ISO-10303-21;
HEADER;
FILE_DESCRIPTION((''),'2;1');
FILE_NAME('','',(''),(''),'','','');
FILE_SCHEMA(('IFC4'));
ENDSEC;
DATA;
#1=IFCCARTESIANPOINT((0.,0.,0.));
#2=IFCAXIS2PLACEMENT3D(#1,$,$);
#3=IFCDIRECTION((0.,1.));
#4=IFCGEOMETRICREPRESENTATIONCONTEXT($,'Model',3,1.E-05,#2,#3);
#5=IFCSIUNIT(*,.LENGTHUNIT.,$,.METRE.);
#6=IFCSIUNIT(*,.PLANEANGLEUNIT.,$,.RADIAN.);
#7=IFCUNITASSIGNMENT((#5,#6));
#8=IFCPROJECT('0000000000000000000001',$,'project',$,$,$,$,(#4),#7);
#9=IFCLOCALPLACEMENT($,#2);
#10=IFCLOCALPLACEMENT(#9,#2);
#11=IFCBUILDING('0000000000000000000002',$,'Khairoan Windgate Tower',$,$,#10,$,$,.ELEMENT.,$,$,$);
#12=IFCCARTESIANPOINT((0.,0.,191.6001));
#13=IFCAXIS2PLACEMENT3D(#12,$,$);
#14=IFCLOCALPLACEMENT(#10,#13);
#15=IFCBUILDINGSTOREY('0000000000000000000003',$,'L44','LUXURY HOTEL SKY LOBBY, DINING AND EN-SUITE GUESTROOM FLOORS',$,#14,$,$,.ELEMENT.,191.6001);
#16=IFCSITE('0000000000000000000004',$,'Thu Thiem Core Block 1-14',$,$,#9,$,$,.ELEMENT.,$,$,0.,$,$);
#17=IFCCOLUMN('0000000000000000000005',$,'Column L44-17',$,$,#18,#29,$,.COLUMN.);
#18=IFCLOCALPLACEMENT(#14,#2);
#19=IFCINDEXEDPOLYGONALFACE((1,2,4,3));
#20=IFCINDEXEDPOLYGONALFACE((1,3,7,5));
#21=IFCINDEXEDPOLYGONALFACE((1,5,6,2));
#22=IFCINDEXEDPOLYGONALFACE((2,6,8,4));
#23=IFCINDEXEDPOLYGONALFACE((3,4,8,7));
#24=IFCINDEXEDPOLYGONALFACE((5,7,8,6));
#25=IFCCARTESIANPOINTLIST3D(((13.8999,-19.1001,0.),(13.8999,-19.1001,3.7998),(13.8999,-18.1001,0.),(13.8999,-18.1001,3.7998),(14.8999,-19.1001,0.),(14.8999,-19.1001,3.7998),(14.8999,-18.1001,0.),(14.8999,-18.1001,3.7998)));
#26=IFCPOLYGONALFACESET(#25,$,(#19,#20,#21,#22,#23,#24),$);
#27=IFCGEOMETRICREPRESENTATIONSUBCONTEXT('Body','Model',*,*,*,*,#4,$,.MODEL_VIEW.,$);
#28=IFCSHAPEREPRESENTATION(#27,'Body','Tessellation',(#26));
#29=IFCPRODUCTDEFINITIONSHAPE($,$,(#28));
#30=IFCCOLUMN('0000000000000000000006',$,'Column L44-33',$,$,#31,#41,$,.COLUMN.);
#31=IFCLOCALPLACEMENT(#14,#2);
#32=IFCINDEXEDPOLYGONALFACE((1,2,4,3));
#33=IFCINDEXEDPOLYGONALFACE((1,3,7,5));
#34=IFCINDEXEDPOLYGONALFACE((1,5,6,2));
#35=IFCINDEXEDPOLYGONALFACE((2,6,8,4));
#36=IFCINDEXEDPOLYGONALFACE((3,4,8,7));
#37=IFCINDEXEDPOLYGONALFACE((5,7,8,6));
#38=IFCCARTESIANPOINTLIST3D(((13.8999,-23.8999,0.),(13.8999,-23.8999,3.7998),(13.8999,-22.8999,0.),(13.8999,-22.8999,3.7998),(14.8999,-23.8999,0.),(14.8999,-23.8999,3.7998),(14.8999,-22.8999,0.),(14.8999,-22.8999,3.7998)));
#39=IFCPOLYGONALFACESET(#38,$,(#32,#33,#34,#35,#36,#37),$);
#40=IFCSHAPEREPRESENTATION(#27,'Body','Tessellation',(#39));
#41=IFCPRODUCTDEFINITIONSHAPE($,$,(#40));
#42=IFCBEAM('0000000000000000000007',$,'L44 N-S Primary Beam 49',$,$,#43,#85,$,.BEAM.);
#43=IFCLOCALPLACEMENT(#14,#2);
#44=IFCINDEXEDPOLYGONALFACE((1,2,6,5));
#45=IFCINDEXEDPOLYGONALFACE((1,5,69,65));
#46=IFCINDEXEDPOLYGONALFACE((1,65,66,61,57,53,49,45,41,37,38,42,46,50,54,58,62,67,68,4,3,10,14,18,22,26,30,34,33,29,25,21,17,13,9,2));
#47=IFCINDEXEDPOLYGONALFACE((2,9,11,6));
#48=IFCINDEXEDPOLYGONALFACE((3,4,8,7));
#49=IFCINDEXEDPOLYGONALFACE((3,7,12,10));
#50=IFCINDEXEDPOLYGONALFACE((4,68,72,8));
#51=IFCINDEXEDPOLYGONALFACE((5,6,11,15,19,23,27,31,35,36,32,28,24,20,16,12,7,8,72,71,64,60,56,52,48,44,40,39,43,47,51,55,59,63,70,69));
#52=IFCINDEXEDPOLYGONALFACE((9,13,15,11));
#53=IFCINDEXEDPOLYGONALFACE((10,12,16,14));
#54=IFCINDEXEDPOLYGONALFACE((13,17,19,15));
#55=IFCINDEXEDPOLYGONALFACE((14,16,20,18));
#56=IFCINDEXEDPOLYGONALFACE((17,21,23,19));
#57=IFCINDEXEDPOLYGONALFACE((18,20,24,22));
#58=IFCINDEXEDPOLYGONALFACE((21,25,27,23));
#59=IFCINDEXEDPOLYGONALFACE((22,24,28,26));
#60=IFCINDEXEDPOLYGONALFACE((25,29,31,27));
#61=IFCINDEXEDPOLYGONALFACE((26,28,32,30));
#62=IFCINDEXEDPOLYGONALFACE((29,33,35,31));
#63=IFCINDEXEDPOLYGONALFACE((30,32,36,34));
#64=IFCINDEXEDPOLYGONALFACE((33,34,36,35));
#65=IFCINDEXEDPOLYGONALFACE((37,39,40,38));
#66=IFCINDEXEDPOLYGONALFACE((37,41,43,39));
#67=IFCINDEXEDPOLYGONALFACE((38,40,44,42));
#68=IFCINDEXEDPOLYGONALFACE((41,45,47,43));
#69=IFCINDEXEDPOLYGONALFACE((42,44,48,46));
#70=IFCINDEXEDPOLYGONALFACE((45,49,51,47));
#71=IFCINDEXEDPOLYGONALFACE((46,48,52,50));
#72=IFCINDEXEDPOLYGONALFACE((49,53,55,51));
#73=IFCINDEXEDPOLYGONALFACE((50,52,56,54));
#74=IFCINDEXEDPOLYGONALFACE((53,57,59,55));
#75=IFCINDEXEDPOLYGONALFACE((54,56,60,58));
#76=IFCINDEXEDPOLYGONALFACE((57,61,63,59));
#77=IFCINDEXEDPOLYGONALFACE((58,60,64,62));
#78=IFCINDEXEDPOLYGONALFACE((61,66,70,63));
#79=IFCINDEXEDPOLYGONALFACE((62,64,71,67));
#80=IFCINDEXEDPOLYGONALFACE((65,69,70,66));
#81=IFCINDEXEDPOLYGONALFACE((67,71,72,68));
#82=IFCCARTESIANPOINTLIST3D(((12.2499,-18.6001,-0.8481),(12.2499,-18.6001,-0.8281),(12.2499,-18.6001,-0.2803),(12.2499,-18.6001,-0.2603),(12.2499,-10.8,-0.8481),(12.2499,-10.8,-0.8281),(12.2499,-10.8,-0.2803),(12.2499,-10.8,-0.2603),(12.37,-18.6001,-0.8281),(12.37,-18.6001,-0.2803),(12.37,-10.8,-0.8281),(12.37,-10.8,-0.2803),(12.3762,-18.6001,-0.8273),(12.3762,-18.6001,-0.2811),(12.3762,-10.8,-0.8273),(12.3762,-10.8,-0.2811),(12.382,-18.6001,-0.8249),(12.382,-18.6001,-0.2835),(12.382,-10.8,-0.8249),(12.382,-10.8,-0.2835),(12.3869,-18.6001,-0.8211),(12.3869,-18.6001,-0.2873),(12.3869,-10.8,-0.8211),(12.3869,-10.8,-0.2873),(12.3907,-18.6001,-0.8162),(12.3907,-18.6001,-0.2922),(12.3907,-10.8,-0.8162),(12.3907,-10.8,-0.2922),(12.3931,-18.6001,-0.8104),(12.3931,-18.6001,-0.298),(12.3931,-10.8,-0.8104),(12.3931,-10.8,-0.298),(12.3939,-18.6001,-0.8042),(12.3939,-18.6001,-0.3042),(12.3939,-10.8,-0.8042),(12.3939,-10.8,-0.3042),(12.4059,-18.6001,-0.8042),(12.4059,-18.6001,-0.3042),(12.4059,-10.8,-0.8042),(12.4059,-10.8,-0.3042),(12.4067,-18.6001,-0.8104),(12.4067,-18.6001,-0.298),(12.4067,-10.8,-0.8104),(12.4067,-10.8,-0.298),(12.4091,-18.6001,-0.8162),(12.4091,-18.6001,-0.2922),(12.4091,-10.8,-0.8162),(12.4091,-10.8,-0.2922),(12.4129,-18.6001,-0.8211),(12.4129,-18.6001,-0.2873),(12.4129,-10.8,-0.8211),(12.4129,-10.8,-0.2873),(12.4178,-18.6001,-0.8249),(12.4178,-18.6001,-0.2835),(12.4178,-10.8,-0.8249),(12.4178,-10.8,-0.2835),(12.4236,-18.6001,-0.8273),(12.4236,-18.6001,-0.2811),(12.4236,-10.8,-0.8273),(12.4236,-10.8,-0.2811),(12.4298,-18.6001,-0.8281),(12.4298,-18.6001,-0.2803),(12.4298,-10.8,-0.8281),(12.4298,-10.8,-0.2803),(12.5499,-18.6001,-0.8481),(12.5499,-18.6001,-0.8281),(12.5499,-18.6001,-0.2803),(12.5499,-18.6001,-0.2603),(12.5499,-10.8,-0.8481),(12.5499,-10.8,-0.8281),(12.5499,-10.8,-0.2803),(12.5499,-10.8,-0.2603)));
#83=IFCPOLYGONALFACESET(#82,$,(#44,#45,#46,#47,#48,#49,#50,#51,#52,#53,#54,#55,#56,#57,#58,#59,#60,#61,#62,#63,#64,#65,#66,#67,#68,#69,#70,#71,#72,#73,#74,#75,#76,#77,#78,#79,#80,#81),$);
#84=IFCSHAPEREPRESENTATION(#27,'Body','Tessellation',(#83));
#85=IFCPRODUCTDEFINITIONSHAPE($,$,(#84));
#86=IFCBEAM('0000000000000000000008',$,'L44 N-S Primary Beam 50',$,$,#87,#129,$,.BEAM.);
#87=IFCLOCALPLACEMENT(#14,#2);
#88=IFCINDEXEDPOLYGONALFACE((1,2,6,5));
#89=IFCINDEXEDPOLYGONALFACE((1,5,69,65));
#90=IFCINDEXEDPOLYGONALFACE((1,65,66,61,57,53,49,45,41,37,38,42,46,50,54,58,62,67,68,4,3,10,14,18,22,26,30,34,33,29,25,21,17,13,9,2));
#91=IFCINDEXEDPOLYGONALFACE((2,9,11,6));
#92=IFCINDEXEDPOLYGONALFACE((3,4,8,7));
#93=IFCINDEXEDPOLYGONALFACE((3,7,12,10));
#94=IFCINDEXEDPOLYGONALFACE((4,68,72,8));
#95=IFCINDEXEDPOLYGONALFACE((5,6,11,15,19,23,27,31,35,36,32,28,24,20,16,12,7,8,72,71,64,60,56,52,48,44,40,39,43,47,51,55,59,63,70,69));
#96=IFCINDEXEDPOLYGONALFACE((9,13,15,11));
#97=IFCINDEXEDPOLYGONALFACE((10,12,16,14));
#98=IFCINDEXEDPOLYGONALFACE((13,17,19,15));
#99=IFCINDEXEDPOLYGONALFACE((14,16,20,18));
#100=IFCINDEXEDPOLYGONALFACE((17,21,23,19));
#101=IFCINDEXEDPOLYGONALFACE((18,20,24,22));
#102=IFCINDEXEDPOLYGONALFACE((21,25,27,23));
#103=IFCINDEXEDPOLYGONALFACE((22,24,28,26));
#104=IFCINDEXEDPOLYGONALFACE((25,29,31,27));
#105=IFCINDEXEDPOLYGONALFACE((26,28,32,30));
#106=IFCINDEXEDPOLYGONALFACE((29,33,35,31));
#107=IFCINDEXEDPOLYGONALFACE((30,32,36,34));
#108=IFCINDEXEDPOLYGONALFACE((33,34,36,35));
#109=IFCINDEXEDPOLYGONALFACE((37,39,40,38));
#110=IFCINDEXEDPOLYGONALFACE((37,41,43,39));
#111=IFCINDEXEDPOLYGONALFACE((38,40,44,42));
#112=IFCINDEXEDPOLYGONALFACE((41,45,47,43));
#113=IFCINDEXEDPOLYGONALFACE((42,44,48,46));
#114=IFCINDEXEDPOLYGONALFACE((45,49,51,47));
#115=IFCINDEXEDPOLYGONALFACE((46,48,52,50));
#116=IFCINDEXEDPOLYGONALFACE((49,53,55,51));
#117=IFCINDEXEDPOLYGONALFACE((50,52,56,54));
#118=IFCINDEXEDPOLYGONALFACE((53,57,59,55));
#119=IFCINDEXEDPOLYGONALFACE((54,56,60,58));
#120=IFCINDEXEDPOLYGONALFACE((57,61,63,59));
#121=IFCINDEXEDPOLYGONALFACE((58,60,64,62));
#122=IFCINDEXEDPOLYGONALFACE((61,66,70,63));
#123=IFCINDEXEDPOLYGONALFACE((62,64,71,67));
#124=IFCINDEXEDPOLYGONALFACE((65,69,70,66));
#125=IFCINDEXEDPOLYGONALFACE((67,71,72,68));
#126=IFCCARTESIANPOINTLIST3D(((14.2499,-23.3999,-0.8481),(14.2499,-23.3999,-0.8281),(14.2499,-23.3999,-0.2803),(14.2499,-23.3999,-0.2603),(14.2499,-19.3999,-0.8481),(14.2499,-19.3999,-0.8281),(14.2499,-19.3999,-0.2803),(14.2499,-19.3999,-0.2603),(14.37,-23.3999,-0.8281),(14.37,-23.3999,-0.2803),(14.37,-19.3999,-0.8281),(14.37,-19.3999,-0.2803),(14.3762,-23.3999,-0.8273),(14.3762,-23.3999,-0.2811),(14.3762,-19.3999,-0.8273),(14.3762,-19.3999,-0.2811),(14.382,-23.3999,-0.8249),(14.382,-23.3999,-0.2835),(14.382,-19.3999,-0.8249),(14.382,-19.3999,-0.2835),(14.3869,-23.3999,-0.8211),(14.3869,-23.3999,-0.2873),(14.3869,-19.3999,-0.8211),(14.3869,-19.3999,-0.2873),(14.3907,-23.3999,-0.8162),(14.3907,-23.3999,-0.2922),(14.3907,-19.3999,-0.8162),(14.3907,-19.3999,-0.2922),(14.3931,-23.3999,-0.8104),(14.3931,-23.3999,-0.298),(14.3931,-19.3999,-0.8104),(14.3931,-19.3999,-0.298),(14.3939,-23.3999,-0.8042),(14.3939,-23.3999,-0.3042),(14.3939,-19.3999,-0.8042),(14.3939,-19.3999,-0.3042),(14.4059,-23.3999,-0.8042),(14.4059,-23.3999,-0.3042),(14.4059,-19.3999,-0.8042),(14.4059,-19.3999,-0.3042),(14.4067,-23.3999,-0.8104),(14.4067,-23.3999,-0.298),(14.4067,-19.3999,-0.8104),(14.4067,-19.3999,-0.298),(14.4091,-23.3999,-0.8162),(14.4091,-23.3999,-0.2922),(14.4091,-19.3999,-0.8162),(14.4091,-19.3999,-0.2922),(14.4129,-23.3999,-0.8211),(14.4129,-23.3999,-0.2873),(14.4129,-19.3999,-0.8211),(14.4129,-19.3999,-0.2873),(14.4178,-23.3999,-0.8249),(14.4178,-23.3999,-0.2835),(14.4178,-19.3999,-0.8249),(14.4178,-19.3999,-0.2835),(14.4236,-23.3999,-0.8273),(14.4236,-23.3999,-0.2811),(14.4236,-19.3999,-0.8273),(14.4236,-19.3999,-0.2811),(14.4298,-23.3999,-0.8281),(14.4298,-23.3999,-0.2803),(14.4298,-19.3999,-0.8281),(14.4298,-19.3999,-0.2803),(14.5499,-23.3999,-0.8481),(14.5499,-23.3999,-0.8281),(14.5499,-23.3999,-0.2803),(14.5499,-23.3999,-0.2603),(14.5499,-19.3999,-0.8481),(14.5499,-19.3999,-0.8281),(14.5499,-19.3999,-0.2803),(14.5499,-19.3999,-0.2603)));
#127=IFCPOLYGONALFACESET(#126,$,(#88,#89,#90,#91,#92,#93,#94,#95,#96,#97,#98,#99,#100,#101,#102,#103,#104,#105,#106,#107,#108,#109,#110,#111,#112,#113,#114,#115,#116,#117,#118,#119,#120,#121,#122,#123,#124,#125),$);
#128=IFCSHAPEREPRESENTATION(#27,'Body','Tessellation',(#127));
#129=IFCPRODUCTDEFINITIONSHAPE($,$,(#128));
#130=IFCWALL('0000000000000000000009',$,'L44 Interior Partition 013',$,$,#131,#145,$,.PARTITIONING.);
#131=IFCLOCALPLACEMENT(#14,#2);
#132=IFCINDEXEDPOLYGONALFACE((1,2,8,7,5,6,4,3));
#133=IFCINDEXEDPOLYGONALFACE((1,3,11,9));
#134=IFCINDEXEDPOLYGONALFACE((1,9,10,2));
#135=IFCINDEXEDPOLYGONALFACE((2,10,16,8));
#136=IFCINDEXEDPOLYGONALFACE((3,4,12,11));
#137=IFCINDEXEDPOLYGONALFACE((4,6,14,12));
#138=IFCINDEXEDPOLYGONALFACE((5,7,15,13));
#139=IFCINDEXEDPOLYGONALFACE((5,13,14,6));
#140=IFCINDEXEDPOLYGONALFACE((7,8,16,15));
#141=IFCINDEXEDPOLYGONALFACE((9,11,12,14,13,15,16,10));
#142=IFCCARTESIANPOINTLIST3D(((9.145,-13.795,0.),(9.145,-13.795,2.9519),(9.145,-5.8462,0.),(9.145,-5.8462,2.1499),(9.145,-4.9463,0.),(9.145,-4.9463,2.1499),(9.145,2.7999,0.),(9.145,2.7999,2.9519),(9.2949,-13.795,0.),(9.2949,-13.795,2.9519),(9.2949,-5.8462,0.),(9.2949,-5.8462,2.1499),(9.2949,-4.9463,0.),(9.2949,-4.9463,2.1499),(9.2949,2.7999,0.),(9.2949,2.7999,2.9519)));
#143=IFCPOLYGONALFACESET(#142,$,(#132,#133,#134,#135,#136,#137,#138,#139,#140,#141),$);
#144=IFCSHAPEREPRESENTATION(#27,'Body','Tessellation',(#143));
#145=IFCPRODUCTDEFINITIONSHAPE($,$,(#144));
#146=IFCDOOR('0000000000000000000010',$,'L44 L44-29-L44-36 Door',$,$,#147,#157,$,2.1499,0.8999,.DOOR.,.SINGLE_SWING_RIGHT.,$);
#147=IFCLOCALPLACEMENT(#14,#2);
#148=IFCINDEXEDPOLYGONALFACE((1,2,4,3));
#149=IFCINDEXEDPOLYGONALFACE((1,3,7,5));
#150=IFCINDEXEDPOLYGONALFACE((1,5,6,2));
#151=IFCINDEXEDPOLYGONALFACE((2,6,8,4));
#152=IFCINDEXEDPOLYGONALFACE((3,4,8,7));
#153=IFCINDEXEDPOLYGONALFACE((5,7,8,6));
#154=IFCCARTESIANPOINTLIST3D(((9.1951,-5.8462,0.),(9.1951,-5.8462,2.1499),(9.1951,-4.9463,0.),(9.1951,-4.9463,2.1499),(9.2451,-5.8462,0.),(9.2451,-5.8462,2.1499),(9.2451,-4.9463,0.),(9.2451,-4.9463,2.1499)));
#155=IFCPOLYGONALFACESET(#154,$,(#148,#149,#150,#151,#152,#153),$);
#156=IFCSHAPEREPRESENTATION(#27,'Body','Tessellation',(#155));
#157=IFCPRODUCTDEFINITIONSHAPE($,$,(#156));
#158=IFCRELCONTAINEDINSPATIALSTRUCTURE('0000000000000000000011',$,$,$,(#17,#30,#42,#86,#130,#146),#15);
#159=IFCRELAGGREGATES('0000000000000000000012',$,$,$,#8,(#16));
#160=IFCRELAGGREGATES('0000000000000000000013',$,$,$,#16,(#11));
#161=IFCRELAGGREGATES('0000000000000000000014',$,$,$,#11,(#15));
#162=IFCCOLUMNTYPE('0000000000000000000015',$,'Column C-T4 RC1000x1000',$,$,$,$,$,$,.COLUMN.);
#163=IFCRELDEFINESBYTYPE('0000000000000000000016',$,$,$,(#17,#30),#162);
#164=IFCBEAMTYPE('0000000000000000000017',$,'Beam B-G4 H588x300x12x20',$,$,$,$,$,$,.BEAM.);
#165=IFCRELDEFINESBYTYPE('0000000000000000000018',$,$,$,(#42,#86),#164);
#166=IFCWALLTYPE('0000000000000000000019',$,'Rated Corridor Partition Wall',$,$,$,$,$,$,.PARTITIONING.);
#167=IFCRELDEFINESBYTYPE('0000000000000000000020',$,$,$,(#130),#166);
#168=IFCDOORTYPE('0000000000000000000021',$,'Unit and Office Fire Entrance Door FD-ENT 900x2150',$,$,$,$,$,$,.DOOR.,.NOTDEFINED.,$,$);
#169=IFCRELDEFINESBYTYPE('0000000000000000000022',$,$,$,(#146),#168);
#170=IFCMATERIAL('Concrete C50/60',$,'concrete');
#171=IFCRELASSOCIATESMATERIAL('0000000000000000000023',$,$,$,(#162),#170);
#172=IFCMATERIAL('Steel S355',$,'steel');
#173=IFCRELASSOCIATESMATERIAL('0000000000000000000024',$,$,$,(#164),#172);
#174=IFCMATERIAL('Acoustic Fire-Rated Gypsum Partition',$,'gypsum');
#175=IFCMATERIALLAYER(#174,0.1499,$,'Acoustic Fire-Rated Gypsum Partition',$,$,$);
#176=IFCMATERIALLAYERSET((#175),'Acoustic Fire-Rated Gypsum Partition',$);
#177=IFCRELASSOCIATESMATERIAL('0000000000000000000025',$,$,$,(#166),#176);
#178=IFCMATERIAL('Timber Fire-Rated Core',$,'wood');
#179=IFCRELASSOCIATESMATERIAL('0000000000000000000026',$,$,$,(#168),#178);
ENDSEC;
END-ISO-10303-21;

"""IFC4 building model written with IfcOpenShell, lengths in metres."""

from ifc_helpers import new_model, si_unit, direction, frame, frame_2d, origin, origin_2d, place, context, subcontext, project, spatial, rectangle, i_section, extrude, material, layer, layer_set, material_profile, profile_set, type_object, element, fill, save


model = new_model("IFC4")

# Units and contexts
model_context = context("Model", 3, precision=1e-05, world=origin(), true_north=direction((0.0, 1.0)))
body_context = subcontext(model_context, "Body", "Model", "MODEL_VIEW")
ifc_project = project(units=[si_unit("LENGTHUNIT", "METRE"), si_unit("PLANEANGLEUNIT", "RADIAN")], contexts=[model_context])

# Site, building, storey
site_placement = place(None, origin())
site = spatial("IfcSite", under=ifc_project, at=site_placement, Name="Thu Thiem Core Block 1-14", CompositionType="ELEMENT", RefElevation=0.0)
building_placement = place(site_placement, origin())
building = spatial("IfcBuilding", under=site, at=building_placement, Name="Khairoan Windgate Tower", CompositionType="ELEMENT")
storey_placement = place(building_placement, frame((0.0, 0.0, 191.6001)))
storey = spatial("IfcBuildingStorey", under=building, at=storey_placement, Name="L44", Description="LUXURY HOTEL SKY LOBBY, DINING AND EN-SUITE GUESTROOM FLOORS", CompositionType="ELEMENT", Elevation=191.6001)

# Columns
ifc_material_1 = material(Name="Concrete C50/60", Category="concrete")
ifc_material_profile_1 = material_profile(ifc_material_1, rectangle(XDim=1.0, YDim=1.0, at=origin_2d()))
ifc_profile_set_1 = profile_set([ifc_material_profile_1], Name="Concrete C50/60")
column_type = type_object("IfcColumnType", Name="Column C-T4 RC1000x1000", PredefinedType="COLUMN", material=ifc_profile_set_1)
for number, where, z_axis, x_axis, name in (
    (1, (14.3999, -18.6001, 0.0), (0.0, 0.0, 1.0), (1.0, 0.0, 0.0), "Column L44-17"),
    (2, (14.3999, -23.3999, 0.0), (0.0, 0.0, 1.0), (1.0, 0.0, 0.0), "Column L44-33"),
):
    element("IfcColumn", number, at=place(storey_placement, frame(where, z_axis=z_axis, x_axis=x_axis)), inside=storey, type_object=column_type, Name=name, PredefinedType="COLUMN", context=body_context, shape_type="SweptSolid", body=[
        extrude(rectangle(XDim=1.0, YDim=1.0, at=origin_2d()), origin(), (0.0, 0.0, 1.0), 3.7998),
    ])

# Beams
ifc_material_2 = material(Name="Steel S355", Category="steel")
ifc_material_profile_2 = material_profile(ifc_material_2, i_section(OverallWidth=0.3, OverallDepth=0.5879, WebThickness=0.012, FlangeThickness=0.02, FilletRadius=0.0239, at=origin_2d()))
ifc_profile_set_2 = profile_set([ifc_material_profile_2], Name="Steel S355")
beam_type = type_object("IfcBeamType", Name="Beam B-G4 H588x300x12x20", PredefinedType="BEAM", material=ifc_profile_set_2)
beam_1_placement = place(storey_placement, frame((12.3999, -18.6001, -0.5542), z_axis=(0.0, 1.0, 0.0), x_axis=(-1.0, 0.0, 0.0)))
element("IfcBeam", 3, at=beam_1_placement, inside=storey, type_object=beam_type, Name="L44 N-S Primary Beam 49", PredefinedType="BEAM", context=body_context, shape_type="SweptSolid", body=[
    extrude(i_section(OverallWidth=0.3, OverallDepth=0.5879, WebThickness=0.012, FlangeThickness=0.02, FilletRadius=0.0239, at=origin_2d()), origin(), (0.0, 0.0, 1.0), 7.8),
])
beam_2_placement = place(storey_placement, frame((14.3999, -23.3999, -0.5542), z_axis=(0.0, 1.0, 0.0), x_axis=(-1.0, 0.0, 0.0)))
element("IfcBeam", 4, at=beam_2_placement, inside=storey, type_object=beam_type, Name="L44 N-S Primary Beam 50", PredefinedType="BEAM", context=body_context, shape_type="SweptSolid", body=[
    extrude(i_section(OverallWidth=0.3, OverallDepth=0.5879, WebThickness=0.012, FlangeThickness=0.02, FilletRadius=0.0239, at=origin_2d()), origin(), (0.0, 0.0, 1.0), 4.0),
])

# Wall, opening, door
ifc_material_3 = material(Name="Acoustic Fire-Rated Gypsum Partition", Category="gypsum")
ifc_layer_1 = layer(ifc_material_3, 0.1499, Name="Acoustic Fire-Rated Gypsum Partition")
ifc_layer_set_1 = layer_set([ifc_layer_1], Name="Acoustic Fire-Rated Gypsum Partition")
wall_type_1 = type_object("IfcWallType", Name="Rated Corridor Partition Wall", PredefinedType="PARTITIONING", material=ifc_layer_set_1)
wall_1_placement = place(storey_placement, frame((9.22, -13.7949, 0.0), z_axis=(0.0, 0.0, 1.0), x_axis=(0.0, 1.0, 0.0)))
wall_1 = element("IfcWall", 5, at=wall_1_placement, inside=storey, type_object=wall_type_1, Name="L44 Interior Partition 013", PredefinedType="PARTITIONING", context=body_context, shape_type="SweptSolid", body=[
    extrude(rectangle(XDim=16.595, YDim=0.1499, at=frame_2d((8.2974, 0.0))), origin(), (0.0, 0.0, 1.0), 2.9519),
])
opening_1_placement = place(wall_1_placement, frame((7.9487, 0.0, 0.0)))
opening_1 = element("IfcOpeningElement", 6, at=opening_1_placement, cuts=wall_1, PredefinedType="OPENING", context=body_context, shape_type="SweptSolid", body=[
    extrude(rectangle(XDim=0.8999, YDim=2.1499, at=frame_2d((0.45, 1.075))), frame((0.0, 0.085, 0.0), z_axis=(0.0, -1.0, 0.0), x_axis=(1.0, 0.0, 0.0)), (0.0, 0.0, 1.0), 0.1699),
])
ifc_material_4 = material(Name="Timber Fire-Rated Core", Category="wood")
door_type_1 = type_object("IfcDoorType", Name="Unit and Office Fire Entrance Door FD-ENT 900x2150", OperationType="NOTDEFINED", PredefinedType="DOOR", material=ifc_material_4)
door_1_placement = place(opening_1_placement, origin())
door_1 = element("IfcDoor", 7, at=door_1_placement, inside=storey, type_object=door_type_1, Name="L44 L44-29-L44-36 Door", OperationType="SINGLE_SWING_RIGHT", OverallHeight=2.1499, OverallWidth=0.8999, PredefinedType="DOOR", context=body_context, shape_type="SweptSolid", body=[
    extrude(rectangle(XDim=0.8999, YDim=2.1499, at=frame_2d((0.45, 1.075))), frame((0.0, 0.0249, 0.0), z_axis=(0.0, -1.0, 0.0), x_axis=(1.0, 0.0, 0.0)), (0.0, 0.0, 1.0), 0.05),
])
fill(opening_1, door_1)

save(model, "model.ifc")
